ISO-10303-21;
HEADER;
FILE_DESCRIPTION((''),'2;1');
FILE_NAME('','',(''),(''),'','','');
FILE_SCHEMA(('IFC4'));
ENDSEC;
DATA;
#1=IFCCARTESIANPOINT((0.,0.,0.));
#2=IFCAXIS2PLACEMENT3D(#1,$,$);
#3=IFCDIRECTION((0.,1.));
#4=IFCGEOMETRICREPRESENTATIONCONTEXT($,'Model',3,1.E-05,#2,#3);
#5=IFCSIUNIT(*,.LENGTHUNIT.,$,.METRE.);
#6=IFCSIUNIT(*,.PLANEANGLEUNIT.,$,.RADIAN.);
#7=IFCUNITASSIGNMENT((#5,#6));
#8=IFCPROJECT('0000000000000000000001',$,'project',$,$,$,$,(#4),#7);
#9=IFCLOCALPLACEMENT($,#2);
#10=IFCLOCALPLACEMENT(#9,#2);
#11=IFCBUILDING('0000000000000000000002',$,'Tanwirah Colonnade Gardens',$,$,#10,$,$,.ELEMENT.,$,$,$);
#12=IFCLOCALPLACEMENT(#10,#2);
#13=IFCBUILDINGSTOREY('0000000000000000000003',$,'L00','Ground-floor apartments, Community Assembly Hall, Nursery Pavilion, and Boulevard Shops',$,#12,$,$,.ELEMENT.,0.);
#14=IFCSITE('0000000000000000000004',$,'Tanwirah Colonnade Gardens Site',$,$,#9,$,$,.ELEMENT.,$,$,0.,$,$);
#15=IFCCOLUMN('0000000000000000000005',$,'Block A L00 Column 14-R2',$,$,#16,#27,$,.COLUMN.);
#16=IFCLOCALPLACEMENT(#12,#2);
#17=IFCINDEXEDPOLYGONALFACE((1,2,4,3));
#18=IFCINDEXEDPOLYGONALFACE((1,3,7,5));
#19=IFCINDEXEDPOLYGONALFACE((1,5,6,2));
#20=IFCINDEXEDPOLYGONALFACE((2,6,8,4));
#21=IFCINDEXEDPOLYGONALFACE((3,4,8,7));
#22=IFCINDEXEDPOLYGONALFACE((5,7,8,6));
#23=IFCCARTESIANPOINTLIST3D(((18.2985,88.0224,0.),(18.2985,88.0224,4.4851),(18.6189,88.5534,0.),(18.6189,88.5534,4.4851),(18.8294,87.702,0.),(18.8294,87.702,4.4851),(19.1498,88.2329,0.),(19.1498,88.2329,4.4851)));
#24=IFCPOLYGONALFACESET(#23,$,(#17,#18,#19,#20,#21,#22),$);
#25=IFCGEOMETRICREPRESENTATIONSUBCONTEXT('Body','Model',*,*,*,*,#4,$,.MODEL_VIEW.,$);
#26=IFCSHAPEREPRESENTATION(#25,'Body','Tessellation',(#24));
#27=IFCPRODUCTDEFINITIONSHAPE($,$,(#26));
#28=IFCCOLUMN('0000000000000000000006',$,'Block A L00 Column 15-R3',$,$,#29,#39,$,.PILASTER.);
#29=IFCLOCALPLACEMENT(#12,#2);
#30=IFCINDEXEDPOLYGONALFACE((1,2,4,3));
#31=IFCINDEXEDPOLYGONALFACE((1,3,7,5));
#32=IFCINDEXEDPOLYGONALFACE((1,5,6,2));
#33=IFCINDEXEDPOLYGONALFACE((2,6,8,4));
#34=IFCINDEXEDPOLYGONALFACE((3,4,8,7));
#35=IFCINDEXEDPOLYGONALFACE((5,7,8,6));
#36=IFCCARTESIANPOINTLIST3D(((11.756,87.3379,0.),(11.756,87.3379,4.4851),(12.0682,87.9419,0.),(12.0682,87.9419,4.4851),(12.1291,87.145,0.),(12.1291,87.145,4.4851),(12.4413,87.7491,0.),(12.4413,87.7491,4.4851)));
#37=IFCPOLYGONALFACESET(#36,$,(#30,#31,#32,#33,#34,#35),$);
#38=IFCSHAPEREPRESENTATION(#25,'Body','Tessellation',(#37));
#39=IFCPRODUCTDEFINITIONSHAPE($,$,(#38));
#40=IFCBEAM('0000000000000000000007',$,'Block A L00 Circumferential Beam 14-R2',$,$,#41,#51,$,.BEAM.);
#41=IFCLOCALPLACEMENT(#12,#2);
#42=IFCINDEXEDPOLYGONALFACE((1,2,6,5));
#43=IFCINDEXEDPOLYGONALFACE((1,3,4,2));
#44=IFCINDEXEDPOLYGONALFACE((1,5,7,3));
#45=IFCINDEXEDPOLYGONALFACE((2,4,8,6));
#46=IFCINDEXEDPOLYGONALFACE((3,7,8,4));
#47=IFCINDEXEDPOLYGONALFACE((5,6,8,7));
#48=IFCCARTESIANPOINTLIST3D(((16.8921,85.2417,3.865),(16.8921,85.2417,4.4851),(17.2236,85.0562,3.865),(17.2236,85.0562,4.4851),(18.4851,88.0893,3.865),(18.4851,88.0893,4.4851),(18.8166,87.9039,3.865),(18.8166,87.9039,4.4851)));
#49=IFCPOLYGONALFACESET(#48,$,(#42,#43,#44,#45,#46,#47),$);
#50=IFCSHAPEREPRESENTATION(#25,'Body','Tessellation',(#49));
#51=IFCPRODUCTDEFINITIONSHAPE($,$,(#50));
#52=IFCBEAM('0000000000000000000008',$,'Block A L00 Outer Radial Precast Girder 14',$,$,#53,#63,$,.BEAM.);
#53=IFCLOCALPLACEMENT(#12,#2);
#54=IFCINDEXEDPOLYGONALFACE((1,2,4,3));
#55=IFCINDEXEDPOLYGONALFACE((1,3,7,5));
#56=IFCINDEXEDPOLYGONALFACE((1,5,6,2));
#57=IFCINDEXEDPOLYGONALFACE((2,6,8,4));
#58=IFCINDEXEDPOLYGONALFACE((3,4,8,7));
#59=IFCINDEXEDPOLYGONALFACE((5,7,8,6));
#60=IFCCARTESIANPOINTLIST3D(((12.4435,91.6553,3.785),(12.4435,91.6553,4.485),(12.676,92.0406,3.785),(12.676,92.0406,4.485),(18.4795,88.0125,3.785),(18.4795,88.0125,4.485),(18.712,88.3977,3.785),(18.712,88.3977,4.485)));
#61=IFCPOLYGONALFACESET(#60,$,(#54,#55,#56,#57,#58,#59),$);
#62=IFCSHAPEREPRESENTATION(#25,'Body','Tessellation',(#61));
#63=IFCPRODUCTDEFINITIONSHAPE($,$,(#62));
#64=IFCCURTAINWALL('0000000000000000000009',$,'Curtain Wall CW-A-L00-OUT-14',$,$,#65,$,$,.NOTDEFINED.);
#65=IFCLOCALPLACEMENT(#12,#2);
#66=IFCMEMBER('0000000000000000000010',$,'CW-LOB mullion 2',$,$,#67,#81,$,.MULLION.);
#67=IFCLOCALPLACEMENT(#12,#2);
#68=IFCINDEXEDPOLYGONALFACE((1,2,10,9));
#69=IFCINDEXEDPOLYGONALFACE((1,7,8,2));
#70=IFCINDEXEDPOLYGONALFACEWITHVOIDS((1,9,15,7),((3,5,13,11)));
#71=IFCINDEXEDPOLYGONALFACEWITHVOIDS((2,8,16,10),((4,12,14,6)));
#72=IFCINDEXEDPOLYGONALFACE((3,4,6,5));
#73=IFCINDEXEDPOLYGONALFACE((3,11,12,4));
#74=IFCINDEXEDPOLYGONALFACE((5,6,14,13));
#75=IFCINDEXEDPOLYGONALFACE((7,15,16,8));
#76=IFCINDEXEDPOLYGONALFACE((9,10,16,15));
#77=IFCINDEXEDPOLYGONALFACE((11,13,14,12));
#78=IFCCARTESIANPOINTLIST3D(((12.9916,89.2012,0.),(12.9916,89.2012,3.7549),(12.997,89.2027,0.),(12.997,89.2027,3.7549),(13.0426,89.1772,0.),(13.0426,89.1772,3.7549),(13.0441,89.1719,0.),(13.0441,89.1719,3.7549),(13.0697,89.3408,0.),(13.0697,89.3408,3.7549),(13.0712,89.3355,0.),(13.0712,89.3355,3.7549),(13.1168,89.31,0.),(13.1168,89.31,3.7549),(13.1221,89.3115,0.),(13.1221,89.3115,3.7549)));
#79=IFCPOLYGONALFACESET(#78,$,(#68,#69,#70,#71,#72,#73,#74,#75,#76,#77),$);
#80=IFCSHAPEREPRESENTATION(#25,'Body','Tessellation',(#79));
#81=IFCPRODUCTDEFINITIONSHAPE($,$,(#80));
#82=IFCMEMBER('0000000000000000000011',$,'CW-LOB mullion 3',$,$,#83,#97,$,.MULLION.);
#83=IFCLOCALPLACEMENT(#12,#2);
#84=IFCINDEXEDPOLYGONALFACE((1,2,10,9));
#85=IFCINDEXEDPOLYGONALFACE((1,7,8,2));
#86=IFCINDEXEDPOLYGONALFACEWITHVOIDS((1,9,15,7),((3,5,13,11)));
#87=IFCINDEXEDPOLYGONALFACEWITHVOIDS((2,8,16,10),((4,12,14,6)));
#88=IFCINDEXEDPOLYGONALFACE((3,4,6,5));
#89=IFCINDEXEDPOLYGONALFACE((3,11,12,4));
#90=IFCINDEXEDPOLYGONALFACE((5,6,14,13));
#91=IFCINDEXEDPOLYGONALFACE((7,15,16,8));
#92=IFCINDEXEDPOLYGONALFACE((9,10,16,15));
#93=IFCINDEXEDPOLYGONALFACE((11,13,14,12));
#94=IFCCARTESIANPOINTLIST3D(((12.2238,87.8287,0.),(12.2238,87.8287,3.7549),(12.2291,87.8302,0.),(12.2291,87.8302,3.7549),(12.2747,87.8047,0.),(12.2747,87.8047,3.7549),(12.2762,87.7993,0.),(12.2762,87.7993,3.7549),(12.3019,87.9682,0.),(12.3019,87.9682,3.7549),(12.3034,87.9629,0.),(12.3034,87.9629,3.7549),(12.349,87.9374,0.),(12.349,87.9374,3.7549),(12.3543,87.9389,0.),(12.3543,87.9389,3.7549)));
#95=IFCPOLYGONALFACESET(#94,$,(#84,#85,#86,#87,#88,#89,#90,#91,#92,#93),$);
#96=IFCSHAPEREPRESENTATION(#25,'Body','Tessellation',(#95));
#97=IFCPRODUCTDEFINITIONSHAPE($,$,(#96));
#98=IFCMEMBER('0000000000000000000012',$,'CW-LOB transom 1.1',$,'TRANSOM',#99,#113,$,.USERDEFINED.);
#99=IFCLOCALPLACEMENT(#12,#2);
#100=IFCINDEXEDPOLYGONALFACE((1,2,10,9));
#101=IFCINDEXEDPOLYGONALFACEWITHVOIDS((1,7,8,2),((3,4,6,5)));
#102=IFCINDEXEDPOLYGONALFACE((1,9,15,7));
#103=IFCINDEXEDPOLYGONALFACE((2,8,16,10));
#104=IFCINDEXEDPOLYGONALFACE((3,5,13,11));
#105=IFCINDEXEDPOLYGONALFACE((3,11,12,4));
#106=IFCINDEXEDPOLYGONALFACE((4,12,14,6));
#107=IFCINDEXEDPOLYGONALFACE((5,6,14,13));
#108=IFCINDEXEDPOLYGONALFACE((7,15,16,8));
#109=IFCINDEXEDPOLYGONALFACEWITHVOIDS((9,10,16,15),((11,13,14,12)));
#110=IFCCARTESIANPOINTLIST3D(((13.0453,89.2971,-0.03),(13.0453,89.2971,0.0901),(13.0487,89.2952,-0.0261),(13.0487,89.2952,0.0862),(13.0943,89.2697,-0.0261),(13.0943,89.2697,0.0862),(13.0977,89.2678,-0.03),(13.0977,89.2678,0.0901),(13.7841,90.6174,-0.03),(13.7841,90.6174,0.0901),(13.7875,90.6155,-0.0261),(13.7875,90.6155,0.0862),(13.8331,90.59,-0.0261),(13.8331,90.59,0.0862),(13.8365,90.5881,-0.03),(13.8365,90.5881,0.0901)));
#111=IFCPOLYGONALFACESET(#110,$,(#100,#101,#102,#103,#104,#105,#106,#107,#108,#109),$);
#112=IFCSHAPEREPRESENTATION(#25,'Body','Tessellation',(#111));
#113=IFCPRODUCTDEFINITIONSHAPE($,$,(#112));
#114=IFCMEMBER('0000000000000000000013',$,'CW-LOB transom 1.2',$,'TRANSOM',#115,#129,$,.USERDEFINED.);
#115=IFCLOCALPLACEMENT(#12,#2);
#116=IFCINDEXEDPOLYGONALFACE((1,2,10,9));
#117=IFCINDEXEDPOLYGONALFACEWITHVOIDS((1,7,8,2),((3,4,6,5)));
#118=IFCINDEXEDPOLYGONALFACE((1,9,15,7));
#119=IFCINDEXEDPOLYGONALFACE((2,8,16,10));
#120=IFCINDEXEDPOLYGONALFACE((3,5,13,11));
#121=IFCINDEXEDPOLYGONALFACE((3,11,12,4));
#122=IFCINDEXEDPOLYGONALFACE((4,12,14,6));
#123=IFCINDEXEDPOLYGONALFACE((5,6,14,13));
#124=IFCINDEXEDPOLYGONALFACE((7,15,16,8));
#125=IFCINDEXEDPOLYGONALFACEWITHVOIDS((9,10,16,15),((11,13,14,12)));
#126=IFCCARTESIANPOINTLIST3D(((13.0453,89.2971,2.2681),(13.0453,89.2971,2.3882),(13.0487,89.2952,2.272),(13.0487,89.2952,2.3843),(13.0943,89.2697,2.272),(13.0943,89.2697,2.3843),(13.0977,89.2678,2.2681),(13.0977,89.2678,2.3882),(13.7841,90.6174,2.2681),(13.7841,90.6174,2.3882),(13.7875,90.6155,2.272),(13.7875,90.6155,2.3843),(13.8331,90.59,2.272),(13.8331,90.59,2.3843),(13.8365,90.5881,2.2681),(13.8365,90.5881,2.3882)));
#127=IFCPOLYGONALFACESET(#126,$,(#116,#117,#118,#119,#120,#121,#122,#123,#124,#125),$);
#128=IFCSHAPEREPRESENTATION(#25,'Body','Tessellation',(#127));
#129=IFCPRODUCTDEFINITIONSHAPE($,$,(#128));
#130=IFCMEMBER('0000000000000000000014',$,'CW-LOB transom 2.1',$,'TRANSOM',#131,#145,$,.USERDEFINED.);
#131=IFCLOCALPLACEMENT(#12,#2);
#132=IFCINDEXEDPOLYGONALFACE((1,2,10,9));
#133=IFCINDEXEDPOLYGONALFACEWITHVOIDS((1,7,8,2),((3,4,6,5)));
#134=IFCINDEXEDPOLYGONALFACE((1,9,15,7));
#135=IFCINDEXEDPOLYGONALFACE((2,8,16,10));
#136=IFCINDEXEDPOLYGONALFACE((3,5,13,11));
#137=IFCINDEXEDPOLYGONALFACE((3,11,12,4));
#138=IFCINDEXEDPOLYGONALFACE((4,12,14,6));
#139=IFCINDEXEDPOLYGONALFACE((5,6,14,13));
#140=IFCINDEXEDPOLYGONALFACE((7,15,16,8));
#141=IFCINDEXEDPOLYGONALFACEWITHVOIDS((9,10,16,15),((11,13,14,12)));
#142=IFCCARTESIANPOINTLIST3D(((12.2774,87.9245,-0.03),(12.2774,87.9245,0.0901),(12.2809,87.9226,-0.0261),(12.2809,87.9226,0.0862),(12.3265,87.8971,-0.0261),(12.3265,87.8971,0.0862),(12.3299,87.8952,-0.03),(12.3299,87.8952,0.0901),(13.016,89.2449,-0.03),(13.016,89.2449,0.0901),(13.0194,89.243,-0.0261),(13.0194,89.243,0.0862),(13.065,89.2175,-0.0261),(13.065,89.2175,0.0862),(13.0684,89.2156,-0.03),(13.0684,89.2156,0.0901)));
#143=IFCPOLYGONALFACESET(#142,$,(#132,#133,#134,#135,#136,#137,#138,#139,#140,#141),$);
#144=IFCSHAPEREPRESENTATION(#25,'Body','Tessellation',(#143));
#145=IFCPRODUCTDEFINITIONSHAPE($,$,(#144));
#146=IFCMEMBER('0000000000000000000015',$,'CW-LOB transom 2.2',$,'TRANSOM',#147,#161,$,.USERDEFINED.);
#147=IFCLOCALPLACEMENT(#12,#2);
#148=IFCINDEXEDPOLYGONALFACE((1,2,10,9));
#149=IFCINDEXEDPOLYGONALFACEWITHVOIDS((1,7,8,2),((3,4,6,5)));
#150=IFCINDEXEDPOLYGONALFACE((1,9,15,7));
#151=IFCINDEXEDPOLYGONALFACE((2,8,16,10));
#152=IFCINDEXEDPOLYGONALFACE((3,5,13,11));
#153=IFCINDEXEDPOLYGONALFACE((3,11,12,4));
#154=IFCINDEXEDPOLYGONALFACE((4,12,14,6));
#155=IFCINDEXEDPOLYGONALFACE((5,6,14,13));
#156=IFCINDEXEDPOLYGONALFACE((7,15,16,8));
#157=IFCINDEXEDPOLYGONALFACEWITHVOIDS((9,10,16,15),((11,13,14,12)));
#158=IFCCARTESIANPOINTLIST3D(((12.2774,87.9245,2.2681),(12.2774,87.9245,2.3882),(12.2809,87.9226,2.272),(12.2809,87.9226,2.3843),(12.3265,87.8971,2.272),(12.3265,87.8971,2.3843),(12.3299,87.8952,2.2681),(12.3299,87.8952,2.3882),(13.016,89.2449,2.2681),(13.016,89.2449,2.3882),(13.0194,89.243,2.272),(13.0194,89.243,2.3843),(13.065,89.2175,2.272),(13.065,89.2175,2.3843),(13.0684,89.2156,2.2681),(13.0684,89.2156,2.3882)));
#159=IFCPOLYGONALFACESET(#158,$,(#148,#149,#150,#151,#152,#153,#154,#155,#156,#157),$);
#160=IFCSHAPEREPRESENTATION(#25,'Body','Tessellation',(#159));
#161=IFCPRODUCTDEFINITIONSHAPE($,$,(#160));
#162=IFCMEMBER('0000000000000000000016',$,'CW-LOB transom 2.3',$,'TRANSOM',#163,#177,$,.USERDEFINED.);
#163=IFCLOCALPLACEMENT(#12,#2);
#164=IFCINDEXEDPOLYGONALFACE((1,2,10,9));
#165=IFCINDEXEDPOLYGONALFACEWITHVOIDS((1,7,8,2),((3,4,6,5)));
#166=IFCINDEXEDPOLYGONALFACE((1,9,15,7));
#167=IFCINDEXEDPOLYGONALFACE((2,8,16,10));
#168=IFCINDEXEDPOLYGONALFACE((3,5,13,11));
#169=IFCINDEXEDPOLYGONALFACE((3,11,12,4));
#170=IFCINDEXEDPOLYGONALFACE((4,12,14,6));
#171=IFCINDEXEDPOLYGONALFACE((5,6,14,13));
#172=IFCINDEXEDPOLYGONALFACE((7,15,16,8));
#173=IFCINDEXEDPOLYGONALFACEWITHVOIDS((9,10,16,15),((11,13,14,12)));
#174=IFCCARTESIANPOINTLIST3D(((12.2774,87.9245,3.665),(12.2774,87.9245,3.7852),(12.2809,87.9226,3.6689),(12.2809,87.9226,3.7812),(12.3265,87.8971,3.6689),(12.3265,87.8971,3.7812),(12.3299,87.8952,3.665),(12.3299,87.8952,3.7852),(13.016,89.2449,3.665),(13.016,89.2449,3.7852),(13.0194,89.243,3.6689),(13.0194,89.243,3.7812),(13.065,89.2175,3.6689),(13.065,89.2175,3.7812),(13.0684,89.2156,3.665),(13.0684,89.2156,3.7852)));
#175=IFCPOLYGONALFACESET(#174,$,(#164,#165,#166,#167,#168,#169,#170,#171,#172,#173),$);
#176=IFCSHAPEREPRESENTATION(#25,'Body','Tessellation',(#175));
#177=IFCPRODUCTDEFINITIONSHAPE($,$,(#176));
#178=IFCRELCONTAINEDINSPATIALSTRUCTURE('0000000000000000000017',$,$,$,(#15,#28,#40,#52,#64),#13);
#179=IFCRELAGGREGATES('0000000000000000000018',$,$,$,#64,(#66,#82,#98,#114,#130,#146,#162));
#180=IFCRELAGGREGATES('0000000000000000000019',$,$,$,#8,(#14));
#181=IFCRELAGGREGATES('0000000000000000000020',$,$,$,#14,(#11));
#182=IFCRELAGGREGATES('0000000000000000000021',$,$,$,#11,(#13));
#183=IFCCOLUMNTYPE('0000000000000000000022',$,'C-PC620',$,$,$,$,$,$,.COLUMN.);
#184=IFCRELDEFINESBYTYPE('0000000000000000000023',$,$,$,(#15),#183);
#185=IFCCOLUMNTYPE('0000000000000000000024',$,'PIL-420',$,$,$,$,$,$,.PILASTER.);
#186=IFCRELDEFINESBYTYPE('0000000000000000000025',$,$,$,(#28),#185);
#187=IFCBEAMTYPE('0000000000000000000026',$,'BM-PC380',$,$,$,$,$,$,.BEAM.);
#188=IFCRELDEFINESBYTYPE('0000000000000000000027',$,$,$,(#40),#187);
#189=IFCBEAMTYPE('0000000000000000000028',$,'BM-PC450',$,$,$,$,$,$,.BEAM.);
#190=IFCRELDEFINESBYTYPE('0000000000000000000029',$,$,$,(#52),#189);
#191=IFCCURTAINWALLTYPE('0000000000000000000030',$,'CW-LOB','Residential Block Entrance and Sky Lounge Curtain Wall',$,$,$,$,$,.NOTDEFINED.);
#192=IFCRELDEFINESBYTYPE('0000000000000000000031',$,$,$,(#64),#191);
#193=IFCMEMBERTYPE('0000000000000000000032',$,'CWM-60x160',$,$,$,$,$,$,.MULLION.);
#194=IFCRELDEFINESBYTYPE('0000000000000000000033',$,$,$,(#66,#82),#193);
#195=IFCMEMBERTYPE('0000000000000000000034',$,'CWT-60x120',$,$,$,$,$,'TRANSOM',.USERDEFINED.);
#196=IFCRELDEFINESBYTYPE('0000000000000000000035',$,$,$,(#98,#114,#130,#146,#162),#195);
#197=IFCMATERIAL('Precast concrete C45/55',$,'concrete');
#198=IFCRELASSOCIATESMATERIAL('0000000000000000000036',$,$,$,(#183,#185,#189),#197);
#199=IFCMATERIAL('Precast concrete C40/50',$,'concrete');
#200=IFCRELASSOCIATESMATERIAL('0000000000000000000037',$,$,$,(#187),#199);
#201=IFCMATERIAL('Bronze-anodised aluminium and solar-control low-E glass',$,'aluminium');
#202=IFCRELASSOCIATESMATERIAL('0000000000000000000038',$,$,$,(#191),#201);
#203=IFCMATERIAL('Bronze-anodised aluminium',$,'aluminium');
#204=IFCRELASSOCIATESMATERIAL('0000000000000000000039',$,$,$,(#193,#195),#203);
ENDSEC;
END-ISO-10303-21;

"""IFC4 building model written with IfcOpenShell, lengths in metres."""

from ifc_helpers import new_model, si_unit, direction, frame, origin, origin_2d, place, context, subcontext, project, spatial, rectangle, hollow_rectangle, extrude, material, material_profile, profile_set, type_object, element, aggregate, save


model = new_model("IFC4")

# Units and contexts
model_context = context("Model", 3, precision=1e-05, world=origin(), true_north=direction((0.0, 1.0)))
body_context = subcontext(model_context, "Body", "Model", "MODEL_VIEW")
ifc_project = project(units=[si_unit("LENGTHUNIT", "METRE"), si_unit("PLANEANGLEUNIT", "RADIAN")], contexts=[model_context])

# Site, building, storey
site_placement = place(None, origin())
site = spatial("IfcSite", under=ifc_project, at=site_placement, Name="Tanwirah Colonnade Gardens Site", CompositionType="ELEMENT", RefElevation=0.0)
building_placement = place(site_placement, origin())
building = spatial("IfcBuilding", under=site, at=building_placement, Name="Tanwirah Colonnade Gardens", CompositionType="ELEMENT")
storey_placement = place(building_placement, origin())
storey = spatial("IfcBuildingStorey", under=building, at=storey_placement, Name="L00", Description="Ground-floor apartments, Community Assembly Hall, Nursery Pavilion, and Boulevard Shops", CompositionType="ELEMENT", Elevation=0.0)

# Columns
ifc_material_1 = material(Name="Precast concrete C45/55", Category="concrete")
ifc_material_profile_1 = material_profile(ifc_material_1, rectangle(XDim=0.6201, YDim=0.6201, at=origin_2d()), Name="PC-COL 620x620")
ifc_profile_set_1 = profile_set([ifc_material_profile_1], Name="Precast concrete C45/55")
column_type_1 = type_object("IfcColumnType", Name="C-PC620", PredefinedType="COLUMN", material=ifc_profile_set_1)
column_1_placement = place(storey_placement, frame((18.7241, 88.1277, 0.0), z_axis=(0.0, 0.0, 1.0), x_axis=(-0.856167, 0.516699, 0.0)))
element("IfcColumn", 1, at=column_1_placement, inside=storey, type_object=column_type_1, Name="Block A L00 Column 14-R2", PredefinedType="COLUMN", context=body_context, shape_type="SweptSolid", body=[
    extrude(rectangle(XDim=0.6201, YDim=0.6201, at=origin_2d()), origin(), (0.0, 0.0, 1.0), 4.4851),
])
ifc_material_profile_2 = material_profile(ifc_material_1, rectangle(XDim=0.4199, YDim=0.6799, at=origin_2d()), Name="PC-PIL 420x680")
ifc_profile_set_2 = profile_set([ifc_material_profile_2], Name="Precast concrete C45/55")
column_type_2 = type_object("IfcColumnType", Name="PIL-420", PredefinedType="PILASTER", material=ifc_profile_set_2)
column_2_placement = place(storey_placement, frame((12.0986, 87.5435, 0.0), z_axis=(0.0, 0.0, 1.0), x_axis=(-0.88835, 0.459166, 0.0)))
element("IfcColumn", 2, at=column_2_placement, inside=storey, type_object=column_type_2, Name="Block A L00 Column 15-R3", PredefinedType="PILASTER", context=body_context, shape_type="SweptSolid", body=[
    extrude(rectangle(XDim=0.4199, YDim=0.6799, at=origin_2d()), origin(), (0.0, 0.0, 1.0), 4.4851),
])

# Beams
ifc_material_2 = material(Name="Precast concrete C40/50", Category="concrete")
ifc_material_profile_3 = material_profile(ifc_material_2, rectangle(XDim=0.3799, YDim=0.6201, at=origin_2d()), Name="PC-BM 380x620")
ifc_profile_set_3 = profile_set([ifc_material_profile_3], Name="Precast concrete C40/50")
beam_type_1 = type_object("IfcBeamType", Name="BM-PC380", PredefinedType="BEAM", material=ifc_profile_set_3)
beam_1_placement = place(storey_placement, frame((18.6509, 87.9966, 4.175), z_axis=(-0.488214, -0.872724, 0.0), x_axis=(0.872724, -0.488214, 0.0)))
element("IfcBeam", 3, at=beam_1_placement, inside=storey, type_object=beam_type_1, Name="Block A L00 Circumferential Beam 14-R2", PredefinedType="BEAM", context=body_context, shape_type="SweptSolid", body=[
    extrude(rectangle(XDim=0.3799, YDim=0.6201, at=origin_2d()), origin(), (0.0, 0.0, 1.0), 3.2629),
])
ifc_material_profile_4 = material_profile(ifc_material_1, rectangle(XDim=0.45, YDim=0.7, at=origin_2d()), Name="PC-BM 450x700")
ifc_profile_set_4 = profile_set([ifc_material_profile_4], Name="Precast concrete C45/55")
beam_type_2 = type_object("IfcBeamType", Name="BM-PC450", PredefinedType="BEAM", material=ifc_profile_set_4)
beam_2_placement = place(storey_placement, frame((18.5957, 88.2051, 4.135), z_axis=(-0.856158, 0.516714, 0.0), x_axis=(-0.516714, -0.856158, 0.0)))
element("IfcBeam", 4, at=beam_2_placement, inside=storey, type_object=beam_type_2, Name="Block A L00 Outer Radial Precast Girder 14", PredefinedType="BEAM", context=body_context, shape_type="SweptSolid", body=[
    extrude(rectangle(XDim=0.45, YDim=0.7, at=origin_2d()), origin(), (0.0, 0.0, 1.0), 7.05),
])

# Curtain wall, members
ifc_material_3 = material(Name="Bronze-anodised aluminium and solar-control low-E glass", Category="aluminium")
curtain_wall_type = type_object("IfcCurtainWallType", Name="CW-LOB", Description="Residential Block Entrance and Sky Lounge Curtain Wall", PredefinedType="NOTDEFINED", material=ifc_material_3)
curtain_wall_placement = place(storey_placement, origin())
curtain_wall = element("IfcCurtainWall", 5, at=curtain_wall_placement, inside=storey, type_object=curtain_wall_type, Name="Curtain Wall CW-A-L00-OUT-14", PredefinedType="NOTDEFINED")
ifc_material_4 = material(Name="Bronze-anodised aluminium", Category="aluminium")
ifc_material_profile_5 = material_profile(ifc_material_4, hollow_rectangle(XDim=0.0601, YDim=0.1599, WallThickness=0.0039, at=origin_2d()), Name="CW-MUL 60x160x4")
ifc_profile_set_5 = profile_set([ifc_material_profile_5], Name="Bronze-anodised aluminium")
member_type_1 = type_object("IfcMemberType", Name="CWM-60x160", PredefinedType="MULLION", material=ifc_profile_set_5)
member_1_placement = place(storey_placement, frame((13.0569, 89.2563, 0.0), z_axis=(0.0, 0.0, 1.0), x_axis=(0.872732, -0.488199, 0.0)))
member_1 = element("IfcMember", 6, at=member_1_placement, type_object=member_type_1, Name="CW-LOB mullion 2", PredefinedType="MULLION", context=body_context, shape_type="SweptSolid", body=[
    extrude(hollow_rectangle(XDim=0.0601, YDim=0.1599, WallThickness=0.0039, at=origin_2d()), origin(), (0.0, 0.0, 1.0), 3.7549),
])
member_2_placement = place(storey_placement, frame((12.2891, 87.8838, 0.0), z_axis=(0.0, 0.0, 1.0), x_axis=(0.872732, -0.488199, 0.0)))
member_2 = element("IfcMember", 7, at=member_2_placement, type_object=member_type_1, Name="CW-LOB mullion 3", PredefinedType="MULLION", context=body_context, shape_type="SweptSolid", body=[
    extrude(hollow_rectangle(XDim=0.0601, YDim=0.1599, WallThickness=0.0039, at=origin_2d()), origin(), (0.0, 0.0, 1.0), 3.7549),
])
ifc_material_profile_6 = material_profile(ifc_material_4, hollow_rectangle(XDim=0.0601, YDim=0.1201, WallThickness=0.0039, at=origin_2d()), Name="CW-TRN 60x120x4")
ifc_profile_set_6 = profile_set([ifc_material_profile_6], Name="Bronze-anodised aluminium")
member_type_2 = type_object("IfcMemberType", Name="CWT-60x120", ElementType="TRANSOM", PredefinedType="USERDEFINED", material=ifc_profile_set_6)
member_3_placement = place(storey_placement, frame((13.8103, 90.6028, 0.03), z_axis=(-0.488299, -0.872677, 0.0), x_axis=(0.872677, -0.488299, 0.0)))
member_3 = element("IfcMember", 8, at=member_3_placement, type_object=member_type_2, Name="CW-LOB transom 1.1", ObjectType="TRANSOM", PredefinedType="USERDEFINED", context=body_context, shape_type="SweptSolid", body=[
    extrude(hollow_rectangle(XDim=0.0601, YDim=0.1201, WallThickness=0.0039, at=origin_2d()), origin(), (0.0, 0.0, 1.0), 1.5129),
])
member_4_placement = place(storey_placement, frame((13.8103, 90.6028, 2.3281), z_axis=(-0.488299, -0.872677, 0.0), x_axis=(0.872677, -0.488299, 0.0)))
member_4 = element("IfcMember", 9, at=member_4_placement, type_object=member_type_2, Name="CW-LOB transom 1.2", ObjectType="TRANSOM", PredefinedType="USERDEFINED", context=body_context, shape_type="SweptSolid", body=[
    extrude(hollow_rectangle(XDim=0.0601, YDim=0.1201, WallThickness=0.0039, at=origin_2d()), origin(), (0.0, 0.0, 1.0), 1.5129),
])
member_5_placement = place(storey_placement, frame((13.0422, 89.2302, 0.03), z_axis=(-0.488176, -0.872745, 0.0), x_axis=(0.872745, -0.488176, 0.0)))
member_5 = element("IfcMember", 10, at=member_5_placement, type_object=member_type_2, Name="CW-LOB transom 2.1", ObjectType="TRANSOM", PredefinedType="USERDEFINED", context=body_context, shape_type="SweptSolid", body=[
    extrude(hollow_rectangle(XDim=0.0601, YDim=0.1201, WallThickness=0.0039, at=origin_2d()), origin(), (0.0, 0.0, 1.0), 1.5129),
])
member_6_placement = place(storey_placement, frame((13.0422, 89.2302, 2.3281), z_axis=(-0.488176, -0.872745, 0.0), x_axis=(0.872745, -0.488176, 0.0)))
member_6 = element("IfcMember", 11, at=member_6_placement, type_object=member_type_2, Name="CW-LOB transom 2.2", ObjectType="TRANSOM", PredefinedType="USERDEFINED", context=body_context, shape_type="SweptSolid", body=[
    extrude(hollow_rectangle(XDim=0.0601, YDim=0.1201, WallThickness=0.0039, at=origin_2d()), origin(), (0.0, 0.0, 1.0), 1.5129),
])
member_7_placement = place(storey_placement, frame((13.0422, 89.2302, 3.7251), z_axis=(-0.488176, -0.872745, 0.0), x_axis=(0.872745, -0.488176, 0.0)))
member_7 = element("IfcMember", 12, at=member_7_placement, type_object=member_type_2, Name="CW-LOB transom 2.3", ObjectType="TRANSOM", PredefinedType="USERDEFINED", context=body_context, shape_type="SweptSolid", body=[
    extrude(hollow_rectangle(XDim=0.0601, YDim=0.1201, WallThickness=0.0039, at=origin_2d()), origin(), (0.0, 0.0, 1.0), 1.5129),
])

aggregate(curtain_wall, [member_1, member_2, member_3, member_4, member_5, member_6, member_7])

save(model, "model.ifc")
